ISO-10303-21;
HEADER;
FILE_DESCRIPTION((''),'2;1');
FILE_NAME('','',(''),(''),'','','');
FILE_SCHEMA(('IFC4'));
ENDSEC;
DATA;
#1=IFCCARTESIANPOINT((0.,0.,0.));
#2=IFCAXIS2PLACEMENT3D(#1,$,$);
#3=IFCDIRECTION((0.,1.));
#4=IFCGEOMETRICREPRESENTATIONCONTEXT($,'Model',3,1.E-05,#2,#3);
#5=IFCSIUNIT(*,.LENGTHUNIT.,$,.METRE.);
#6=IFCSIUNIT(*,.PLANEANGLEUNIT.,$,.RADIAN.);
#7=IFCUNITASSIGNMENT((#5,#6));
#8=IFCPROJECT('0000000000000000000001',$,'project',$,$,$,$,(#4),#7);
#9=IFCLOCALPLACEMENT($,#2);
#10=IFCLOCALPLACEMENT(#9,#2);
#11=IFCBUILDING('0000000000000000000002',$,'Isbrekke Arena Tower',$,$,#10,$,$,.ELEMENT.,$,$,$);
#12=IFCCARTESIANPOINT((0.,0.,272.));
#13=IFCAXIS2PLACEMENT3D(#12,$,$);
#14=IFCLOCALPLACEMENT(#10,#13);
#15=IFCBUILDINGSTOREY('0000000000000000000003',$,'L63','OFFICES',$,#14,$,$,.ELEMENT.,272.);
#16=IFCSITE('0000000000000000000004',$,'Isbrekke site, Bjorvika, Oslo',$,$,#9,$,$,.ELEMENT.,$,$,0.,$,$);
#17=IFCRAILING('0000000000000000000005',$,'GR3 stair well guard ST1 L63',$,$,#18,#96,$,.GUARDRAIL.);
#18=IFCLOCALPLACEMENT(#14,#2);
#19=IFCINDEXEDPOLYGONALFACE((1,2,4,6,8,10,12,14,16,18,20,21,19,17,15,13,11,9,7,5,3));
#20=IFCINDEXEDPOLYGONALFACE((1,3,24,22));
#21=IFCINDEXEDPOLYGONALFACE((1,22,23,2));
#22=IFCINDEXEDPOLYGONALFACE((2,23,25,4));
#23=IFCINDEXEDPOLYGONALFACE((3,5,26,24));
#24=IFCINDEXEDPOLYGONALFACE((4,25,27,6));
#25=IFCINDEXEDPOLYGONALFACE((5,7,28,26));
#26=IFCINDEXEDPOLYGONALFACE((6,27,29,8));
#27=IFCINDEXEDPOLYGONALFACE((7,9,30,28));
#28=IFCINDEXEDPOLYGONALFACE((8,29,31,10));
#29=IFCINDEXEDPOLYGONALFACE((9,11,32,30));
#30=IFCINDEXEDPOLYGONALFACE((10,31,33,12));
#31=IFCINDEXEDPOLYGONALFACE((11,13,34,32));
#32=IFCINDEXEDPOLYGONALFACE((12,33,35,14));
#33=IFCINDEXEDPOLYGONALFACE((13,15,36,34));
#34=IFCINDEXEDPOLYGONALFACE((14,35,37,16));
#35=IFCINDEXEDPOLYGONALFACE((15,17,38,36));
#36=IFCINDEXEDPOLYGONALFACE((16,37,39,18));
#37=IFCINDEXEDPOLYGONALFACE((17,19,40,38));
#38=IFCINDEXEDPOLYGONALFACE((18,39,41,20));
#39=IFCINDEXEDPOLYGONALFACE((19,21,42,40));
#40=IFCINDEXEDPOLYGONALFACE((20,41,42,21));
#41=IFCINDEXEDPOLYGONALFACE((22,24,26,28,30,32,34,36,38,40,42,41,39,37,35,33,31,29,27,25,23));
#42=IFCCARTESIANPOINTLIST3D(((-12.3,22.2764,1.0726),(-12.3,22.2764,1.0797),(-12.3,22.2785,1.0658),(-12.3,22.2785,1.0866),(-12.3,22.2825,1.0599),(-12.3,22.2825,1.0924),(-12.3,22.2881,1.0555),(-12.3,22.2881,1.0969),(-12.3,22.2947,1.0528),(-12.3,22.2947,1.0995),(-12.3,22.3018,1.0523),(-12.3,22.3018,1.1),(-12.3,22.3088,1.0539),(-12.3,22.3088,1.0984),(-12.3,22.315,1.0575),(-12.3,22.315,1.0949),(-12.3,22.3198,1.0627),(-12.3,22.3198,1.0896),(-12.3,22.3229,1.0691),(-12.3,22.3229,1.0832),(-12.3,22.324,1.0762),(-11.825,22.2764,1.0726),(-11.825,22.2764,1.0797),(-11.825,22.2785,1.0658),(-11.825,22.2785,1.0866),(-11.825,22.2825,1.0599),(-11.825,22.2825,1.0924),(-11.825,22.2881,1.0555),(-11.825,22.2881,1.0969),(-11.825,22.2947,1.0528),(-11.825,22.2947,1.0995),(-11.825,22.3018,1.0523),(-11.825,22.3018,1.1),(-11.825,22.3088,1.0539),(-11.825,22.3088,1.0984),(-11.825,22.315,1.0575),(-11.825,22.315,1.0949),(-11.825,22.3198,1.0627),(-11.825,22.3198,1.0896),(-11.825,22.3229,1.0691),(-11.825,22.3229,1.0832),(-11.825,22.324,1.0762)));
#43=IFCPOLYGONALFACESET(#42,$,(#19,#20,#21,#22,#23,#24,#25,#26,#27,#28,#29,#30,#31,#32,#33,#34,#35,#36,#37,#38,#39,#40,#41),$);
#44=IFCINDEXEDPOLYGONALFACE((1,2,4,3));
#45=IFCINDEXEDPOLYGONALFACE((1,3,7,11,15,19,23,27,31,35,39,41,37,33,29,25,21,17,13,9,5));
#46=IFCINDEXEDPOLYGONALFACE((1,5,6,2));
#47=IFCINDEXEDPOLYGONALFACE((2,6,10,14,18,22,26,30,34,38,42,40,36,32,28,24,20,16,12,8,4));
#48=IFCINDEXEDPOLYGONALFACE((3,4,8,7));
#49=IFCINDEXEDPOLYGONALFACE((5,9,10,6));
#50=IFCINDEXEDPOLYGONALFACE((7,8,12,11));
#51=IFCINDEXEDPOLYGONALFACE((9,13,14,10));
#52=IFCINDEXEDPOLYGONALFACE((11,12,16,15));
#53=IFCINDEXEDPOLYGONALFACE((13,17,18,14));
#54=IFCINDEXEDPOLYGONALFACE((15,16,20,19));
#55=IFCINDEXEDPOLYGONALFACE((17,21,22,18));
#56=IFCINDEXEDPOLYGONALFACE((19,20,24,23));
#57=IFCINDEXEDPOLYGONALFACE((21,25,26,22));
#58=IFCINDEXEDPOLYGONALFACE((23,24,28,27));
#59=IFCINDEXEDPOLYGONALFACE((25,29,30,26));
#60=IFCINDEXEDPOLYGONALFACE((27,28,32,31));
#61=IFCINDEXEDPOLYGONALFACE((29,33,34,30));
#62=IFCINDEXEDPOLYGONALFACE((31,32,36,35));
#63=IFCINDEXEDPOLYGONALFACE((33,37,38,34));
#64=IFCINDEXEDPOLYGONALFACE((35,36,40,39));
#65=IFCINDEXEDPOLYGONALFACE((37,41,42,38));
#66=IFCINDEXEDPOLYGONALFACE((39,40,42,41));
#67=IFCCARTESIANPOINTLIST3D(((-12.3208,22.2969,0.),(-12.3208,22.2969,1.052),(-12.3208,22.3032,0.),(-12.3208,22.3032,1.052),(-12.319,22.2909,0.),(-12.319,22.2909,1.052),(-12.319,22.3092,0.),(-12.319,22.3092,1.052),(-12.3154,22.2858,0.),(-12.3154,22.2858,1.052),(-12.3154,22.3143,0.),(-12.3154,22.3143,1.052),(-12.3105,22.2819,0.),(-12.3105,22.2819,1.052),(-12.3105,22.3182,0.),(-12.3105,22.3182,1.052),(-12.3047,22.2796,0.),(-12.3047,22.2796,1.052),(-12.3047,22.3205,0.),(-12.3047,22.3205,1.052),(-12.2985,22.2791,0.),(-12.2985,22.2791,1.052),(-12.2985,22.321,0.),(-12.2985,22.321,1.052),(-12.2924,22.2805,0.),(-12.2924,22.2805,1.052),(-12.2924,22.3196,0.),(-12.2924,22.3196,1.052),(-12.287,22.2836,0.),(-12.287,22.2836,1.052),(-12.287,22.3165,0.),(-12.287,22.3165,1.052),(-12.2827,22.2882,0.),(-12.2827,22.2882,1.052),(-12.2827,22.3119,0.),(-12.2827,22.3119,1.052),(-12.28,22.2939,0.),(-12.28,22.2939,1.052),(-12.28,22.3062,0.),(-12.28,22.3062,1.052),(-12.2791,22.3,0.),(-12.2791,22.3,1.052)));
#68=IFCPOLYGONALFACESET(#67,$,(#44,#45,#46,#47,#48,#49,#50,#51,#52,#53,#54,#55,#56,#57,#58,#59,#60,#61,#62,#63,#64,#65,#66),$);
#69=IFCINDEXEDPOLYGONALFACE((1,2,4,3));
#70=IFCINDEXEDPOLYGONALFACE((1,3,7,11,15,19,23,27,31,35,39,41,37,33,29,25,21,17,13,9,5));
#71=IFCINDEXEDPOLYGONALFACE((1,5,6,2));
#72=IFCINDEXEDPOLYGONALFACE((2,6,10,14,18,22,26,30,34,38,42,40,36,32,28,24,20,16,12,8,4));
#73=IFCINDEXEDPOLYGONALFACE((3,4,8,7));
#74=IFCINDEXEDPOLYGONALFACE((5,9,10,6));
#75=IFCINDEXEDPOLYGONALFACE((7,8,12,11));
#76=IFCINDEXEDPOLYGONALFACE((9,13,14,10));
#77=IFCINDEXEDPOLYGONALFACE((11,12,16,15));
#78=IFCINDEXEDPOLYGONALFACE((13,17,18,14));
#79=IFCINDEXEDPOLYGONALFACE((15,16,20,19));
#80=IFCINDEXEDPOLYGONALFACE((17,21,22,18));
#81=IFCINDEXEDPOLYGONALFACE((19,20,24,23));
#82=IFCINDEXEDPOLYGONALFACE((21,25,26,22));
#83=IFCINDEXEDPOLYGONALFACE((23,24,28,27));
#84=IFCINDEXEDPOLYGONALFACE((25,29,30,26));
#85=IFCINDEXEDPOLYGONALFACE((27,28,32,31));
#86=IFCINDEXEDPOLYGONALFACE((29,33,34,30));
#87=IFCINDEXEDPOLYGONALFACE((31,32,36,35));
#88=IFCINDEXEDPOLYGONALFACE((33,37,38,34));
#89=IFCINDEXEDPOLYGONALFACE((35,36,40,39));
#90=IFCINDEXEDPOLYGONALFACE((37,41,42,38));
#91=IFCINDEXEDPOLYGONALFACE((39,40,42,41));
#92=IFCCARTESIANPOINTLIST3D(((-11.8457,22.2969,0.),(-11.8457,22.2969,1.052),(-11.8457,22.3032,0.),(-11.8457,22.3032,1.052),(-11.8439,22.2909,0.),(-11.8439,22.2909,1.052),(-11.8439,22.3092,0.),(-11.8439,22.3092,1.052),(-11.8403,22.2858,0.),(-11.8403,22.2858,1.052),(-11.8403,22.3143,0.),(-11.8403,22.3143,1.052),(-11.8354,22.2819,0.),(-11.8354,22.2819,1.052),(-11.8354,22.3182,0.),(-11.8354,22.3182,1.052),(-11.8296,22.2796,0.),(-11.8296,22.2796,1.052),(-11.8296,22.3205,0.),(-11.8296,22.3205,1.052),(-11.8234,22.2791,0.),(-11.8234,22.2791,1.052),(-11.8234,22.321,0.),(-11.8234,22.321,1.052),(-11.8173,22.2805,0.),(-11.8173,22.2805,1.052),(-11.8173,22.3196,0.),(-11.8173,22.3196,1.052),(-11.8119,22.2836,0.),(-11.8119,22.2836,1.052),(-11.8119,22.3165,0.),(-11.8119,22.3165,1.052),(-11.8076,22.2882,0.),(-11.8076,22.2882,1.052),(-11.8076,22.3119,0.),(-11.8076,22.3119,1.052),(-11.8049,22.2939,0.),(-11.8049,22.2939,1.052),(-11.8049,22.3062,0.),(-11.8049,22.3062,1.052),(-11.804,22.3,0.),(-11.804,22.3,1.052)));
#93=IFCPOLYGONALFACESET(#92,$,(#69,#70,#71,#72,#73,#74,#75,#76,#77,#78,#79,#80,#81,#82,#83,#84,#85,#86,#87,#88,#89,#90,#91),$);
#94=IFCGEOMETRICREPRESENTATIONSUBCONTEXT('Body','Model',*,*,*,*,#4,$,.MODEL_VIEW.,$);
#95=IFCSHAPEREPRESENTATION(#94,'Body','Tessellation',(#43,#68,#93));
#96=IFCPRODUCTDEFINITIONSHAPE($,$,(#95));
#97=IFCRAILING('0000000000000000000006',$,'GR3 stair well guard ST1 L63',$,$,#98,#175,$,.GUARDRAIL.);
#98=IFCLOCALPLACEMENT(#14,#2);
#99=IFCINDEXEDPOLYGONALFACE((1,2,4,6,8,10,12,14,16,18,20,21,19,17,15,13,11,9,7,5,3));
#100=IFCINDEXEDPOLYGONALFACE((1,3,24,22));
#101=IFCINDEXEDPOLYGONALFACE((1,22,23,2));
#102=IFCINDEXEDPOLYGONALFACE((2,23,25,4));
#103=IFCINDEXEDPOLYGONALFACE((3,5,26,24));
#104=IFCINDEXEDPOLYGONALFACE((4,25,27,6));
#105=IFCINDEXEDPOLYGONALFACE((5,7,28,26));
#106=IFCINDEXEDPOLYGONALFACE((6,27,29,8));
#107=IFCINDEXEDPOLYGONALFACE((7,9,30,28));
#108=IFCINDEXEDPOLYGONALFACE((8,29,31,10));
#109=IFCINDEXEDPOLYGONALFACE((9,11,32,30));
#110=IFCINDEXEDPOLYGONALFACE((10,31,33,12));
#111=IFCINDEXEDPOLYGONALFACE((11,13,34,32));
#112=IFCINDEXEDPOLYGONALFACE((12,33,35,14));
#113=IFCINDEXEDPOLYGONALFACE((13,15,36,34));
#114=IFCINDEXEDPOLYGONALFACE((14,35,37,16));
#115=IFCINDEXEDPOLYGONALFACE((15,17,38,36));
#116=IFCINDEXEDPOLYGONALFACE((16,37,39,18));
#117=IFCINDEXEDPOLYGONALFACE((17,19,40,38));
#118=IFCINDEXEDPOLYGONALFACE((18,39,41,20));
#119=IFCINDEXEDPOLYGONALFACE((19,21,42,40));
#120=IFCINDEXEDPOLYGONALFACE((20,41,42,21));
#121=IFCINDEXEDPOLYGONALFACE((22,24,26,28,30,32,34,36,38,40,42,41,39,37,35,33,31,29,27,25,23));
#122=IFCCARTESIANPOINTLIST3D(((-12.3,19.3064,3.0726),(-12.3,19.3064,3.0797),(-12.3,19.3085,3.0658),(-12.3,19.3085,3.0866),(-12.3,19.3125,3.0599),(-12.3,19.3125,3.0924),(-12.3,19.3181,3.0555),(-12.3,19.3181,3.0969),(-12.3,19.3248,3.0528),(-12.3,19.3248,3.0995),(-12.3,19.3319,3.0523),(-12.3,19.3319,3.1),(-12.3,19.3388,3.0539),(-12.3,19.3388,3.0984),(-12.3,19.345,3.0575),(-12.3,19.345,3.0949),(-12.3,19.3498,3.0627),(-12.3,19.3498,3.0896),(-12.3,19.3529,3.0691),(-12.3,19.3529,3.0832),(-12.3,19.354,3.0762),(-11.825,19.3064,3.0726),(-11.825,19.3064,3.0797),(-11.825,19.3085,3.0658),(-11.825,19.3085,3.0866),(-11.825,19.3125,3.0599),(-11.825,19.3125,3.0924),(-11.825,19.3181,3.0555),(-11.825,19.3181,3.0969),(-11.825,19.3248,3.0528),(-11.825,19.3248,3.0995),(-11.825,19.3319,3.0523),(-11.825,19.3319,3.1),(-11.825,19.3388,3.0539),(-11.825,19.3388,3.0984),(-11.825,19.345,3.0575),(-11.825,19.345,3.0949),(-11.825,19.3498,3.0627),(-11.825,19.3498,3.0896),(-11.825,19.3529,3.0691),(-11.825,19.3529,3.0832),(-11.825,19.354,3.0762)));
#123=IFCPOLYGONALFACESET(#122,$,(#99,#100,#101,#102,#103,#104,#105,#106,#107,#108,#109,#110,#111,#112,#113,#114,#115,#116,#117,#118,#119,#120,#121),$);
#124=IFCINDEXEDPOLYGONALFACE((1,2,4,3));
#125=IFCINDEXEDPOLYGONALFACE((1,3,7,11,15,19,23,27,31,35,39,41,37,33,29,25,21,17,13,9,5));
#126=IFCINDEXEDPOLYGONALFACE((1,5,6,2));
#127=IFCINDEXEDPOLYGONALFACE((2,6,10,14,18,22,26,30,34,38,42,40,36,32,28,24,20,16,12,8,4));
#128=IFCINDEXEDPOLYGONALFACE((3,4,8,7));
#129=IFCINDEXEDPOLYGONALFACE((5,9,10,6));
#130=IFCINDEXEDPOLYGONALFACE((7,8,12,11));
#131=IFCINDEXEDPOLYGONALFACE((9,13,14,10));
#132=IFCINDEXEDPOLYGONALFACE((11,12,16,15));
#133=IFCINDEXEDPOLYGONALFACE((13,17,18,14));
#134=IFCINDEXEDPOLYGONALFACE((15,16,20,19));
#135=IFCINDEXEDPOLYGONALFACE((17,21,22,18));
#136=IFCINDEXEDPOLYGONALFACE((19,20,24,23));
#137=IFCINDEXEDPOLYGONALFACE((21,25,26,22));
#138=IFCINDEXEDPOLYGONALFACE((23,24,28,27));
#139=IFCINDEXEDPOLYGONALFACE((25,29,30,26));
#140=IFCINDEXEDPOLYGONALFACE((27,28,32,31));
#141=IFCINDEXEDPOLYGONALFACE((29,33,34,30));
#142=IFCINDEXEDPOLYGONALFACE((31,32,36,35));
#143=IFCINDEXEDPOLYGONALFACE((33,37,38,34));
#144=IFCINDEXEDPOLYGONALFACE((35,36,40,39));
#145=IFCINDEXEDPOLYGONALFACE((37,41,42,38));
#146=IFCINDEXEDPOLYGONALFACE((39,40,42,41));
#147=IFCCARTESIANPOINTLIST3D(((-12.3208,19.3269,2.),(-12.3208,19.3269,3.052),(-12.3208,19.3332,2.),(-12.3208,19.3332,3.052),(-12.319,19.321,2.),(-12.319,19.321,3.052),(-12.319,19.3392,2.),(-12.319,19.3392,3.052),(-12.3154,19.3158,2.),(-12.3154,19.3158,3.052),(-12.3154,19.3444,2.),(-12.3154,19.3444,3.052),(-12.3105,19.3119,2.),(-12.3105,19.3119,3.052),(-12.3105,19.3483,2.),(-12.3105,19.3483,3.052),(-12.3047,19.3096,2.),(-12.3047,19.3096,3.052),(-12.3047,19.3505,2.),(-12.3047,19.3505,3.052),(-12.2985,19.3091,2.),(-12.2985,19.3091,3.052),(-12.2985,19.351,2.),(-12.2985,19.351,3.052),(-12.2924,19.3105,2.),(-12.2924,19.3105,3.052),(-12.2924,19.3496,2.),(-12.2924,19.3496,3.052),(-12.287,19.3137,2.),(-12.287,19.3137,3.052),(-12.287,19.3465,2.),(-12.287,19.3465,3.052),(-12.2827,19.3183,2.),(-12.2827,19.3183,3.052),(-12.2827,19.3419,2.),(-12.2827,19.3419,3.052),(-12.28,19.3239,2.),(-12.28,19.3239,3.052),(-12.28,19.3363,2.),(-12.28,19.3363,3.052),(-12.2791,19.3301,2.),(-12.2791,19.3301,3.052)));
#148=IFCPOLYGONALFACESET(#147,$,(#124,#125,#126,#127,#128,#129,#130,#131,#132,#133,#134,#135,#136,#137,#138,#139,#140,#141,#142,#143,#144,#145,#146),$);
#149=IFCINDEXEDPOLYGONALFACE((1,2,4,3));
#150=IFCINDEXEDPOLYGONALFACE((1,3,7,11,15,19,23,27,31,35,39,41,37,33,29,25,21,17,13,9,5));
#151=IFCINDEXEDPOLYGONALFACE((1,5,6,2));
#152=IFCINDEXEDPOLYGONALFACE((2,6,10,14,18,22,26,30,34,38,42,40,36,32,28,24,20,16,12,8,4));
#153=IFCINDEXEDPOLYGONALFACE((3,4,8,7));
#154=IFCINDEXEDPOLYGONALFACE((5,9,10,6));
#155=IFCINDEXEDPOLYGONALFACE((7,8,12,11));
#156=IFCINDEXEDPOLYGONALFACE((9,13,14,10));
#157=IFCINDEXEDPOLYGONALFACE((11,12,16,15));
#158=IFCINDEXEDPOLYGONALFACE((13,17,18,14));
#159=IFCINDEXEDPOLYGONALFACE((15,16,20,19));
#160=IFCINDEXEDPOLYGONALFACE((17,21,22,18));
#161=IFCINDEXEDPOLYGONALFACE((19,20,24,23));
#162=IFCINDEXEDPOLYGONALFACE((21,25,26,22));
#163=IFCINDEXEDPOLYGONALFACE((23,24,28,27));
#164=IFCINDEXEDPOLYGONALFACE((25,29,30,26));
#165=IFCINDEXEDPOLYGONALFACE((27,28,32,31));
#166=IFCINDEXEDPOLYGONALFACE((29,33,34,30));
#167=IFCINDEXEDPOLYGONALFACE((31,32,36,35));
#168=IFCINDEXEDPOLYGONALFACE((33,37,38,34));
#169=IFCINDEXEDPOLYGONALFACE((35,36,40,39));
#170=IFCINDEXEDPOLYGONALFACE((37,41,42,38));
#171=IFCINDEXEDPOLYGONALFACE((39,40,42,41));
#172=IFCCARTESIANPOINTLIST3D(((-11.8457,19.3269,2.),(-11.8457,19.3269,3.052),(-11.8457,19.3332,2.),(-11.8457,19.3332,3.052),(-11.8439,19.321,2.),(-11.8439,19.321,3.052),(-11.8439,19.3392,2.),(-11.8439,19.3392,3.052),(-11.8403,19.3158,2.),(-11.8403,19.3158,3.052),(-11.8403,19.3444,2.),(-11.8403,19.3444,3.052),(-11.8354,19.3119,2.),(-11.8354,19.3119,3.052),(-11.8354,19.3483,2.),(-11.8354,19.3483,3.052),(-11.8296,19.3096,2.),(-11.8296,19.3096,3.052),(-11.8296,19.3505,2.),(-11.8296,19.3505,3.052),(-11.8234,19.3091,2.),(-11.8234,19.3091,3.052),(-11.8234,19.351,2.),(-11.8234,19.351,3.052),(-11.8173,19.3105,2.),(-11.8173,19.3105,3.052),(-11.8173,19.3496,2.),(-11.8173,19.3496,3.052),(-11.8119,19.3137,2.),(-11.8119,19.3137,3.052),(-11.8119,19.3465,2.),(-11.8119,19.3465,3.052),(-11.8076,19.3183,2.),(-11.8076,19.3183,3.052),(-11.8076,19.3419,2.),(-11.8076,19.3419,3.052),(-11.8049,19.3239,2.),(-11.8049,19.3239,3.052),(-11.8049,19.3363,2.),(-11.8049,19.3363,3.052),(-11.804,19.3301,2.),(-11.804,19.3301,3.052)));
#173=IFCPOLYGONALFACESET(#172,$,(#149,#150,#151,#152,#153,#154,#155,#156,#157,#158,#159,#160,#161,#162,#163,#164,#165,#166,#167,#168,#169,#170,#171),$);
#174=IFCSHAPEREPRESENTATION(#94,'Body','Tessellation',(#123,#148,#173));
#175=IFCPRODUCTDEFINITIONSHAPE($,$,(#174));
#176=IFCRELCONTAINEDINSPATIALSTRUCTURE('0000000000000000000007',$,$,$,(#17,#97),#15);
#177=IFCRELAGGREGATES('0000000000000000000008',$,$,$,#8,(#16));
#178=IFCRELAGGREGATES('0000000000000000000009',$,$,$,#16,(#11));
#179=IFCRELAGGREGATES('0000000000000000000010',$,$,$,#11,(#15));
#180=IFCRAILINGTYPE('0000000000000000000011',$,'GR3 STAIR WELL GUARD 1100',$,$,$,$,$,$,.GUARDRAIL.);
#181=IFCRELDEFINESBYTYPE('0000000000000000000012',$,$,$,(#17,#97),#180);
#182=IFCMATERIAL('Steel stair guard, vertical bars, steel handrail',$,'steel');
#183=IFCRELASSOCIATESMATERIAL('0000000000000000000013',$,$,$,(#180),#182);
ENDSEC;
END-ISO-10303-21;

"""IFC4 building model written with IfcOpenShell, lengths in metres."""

from ifc_helpers import new_model, si_unit, direction, frame, origin, origin_2d, place, context, subcontext, project, spatial, circle, extrude, material, type_object, element, save


model = new_model("IFC4")

# Units and contexts
model_context = context("Model", 3, precision=1e-05, world=origin(), true_north=direction((0.0, 1.0)))
body_context = subcontext(model_context, "Body", "Model", "MODEL_VIEW")
ifc_project = project(units=[si_unit("LENGTHUNIT", "METRE"), si_unit("PLANEANGLEUNIT", "RADIAN")], contexts=[model_context])

# Site, building, storey
site_placement = place(None, origin())
site = spatial("IfcSite", under=ifc_project, at=site_placement, Name="Isbrekke site, Bjorvika, Oslo", CompositionType="ELEMENT", RefElevation=0.0)
building_placement = place(site_placement, origin())
building = spatial("IfcBuilding", under=site, at=building_placement, Name="Isbrekke Arena Tower", CompositionType="ELEMENT")
storey_placement = place(building_placement, frame((0.0, 0.0, 272.0)))
storey = spatial("IfcBuildingStorey", under=building, at=storey_placement, Name="L63", Description="OFFICES", CompositionType="ELEMENT", Elevation=272.0)

# Railings
ifc_material_1 = material(Name="Steel stair guard, vertical bars, steel handrail", Category="steel")
railing_type = type_object("IfcRailingType", Name="GR3 STAIR WELL GUARD 1100", PredefinedType="GUARDRAIL", material=ifc_material_1)
for number, where, name in (
    (1, (-12.3, 22.3, 0.0), "GR3 stair well guard ST1 L63"),
    (2, (-12.3, 19.3301, 2.0), "GR3 stair well guard ST1 L63"),
):
    element("IfcRailing", number, at=place(storey_placement, frame(where)), inside=storey, type_object=railing_type, Name=name, PredefinedType="GUARDRAIL", context=body_context, shape_type="SweptSolid", body=[
        extrude(circle(Radius=0.0239, at=origin_2d()), frame((0.0, 0.0, 1.0762), z_axis=(1.0, 0.0, 0.0), x_axis=(0.0, 1.0, 0.0)), (0.0, 0.0, 1.0), 0.4751),
        extrude(circle(Radius=0.021, at=origin_2d()), origin(), (0.0, 0.0, 1.0), 1.052),
        extrude(circle(Radius=0.021, at=origin_2d()), frame((0.4751, 0.0, 0.0)), (0.0, 0.0, 1.0), 1.052),
    ])

save(model, "model.ifc")
